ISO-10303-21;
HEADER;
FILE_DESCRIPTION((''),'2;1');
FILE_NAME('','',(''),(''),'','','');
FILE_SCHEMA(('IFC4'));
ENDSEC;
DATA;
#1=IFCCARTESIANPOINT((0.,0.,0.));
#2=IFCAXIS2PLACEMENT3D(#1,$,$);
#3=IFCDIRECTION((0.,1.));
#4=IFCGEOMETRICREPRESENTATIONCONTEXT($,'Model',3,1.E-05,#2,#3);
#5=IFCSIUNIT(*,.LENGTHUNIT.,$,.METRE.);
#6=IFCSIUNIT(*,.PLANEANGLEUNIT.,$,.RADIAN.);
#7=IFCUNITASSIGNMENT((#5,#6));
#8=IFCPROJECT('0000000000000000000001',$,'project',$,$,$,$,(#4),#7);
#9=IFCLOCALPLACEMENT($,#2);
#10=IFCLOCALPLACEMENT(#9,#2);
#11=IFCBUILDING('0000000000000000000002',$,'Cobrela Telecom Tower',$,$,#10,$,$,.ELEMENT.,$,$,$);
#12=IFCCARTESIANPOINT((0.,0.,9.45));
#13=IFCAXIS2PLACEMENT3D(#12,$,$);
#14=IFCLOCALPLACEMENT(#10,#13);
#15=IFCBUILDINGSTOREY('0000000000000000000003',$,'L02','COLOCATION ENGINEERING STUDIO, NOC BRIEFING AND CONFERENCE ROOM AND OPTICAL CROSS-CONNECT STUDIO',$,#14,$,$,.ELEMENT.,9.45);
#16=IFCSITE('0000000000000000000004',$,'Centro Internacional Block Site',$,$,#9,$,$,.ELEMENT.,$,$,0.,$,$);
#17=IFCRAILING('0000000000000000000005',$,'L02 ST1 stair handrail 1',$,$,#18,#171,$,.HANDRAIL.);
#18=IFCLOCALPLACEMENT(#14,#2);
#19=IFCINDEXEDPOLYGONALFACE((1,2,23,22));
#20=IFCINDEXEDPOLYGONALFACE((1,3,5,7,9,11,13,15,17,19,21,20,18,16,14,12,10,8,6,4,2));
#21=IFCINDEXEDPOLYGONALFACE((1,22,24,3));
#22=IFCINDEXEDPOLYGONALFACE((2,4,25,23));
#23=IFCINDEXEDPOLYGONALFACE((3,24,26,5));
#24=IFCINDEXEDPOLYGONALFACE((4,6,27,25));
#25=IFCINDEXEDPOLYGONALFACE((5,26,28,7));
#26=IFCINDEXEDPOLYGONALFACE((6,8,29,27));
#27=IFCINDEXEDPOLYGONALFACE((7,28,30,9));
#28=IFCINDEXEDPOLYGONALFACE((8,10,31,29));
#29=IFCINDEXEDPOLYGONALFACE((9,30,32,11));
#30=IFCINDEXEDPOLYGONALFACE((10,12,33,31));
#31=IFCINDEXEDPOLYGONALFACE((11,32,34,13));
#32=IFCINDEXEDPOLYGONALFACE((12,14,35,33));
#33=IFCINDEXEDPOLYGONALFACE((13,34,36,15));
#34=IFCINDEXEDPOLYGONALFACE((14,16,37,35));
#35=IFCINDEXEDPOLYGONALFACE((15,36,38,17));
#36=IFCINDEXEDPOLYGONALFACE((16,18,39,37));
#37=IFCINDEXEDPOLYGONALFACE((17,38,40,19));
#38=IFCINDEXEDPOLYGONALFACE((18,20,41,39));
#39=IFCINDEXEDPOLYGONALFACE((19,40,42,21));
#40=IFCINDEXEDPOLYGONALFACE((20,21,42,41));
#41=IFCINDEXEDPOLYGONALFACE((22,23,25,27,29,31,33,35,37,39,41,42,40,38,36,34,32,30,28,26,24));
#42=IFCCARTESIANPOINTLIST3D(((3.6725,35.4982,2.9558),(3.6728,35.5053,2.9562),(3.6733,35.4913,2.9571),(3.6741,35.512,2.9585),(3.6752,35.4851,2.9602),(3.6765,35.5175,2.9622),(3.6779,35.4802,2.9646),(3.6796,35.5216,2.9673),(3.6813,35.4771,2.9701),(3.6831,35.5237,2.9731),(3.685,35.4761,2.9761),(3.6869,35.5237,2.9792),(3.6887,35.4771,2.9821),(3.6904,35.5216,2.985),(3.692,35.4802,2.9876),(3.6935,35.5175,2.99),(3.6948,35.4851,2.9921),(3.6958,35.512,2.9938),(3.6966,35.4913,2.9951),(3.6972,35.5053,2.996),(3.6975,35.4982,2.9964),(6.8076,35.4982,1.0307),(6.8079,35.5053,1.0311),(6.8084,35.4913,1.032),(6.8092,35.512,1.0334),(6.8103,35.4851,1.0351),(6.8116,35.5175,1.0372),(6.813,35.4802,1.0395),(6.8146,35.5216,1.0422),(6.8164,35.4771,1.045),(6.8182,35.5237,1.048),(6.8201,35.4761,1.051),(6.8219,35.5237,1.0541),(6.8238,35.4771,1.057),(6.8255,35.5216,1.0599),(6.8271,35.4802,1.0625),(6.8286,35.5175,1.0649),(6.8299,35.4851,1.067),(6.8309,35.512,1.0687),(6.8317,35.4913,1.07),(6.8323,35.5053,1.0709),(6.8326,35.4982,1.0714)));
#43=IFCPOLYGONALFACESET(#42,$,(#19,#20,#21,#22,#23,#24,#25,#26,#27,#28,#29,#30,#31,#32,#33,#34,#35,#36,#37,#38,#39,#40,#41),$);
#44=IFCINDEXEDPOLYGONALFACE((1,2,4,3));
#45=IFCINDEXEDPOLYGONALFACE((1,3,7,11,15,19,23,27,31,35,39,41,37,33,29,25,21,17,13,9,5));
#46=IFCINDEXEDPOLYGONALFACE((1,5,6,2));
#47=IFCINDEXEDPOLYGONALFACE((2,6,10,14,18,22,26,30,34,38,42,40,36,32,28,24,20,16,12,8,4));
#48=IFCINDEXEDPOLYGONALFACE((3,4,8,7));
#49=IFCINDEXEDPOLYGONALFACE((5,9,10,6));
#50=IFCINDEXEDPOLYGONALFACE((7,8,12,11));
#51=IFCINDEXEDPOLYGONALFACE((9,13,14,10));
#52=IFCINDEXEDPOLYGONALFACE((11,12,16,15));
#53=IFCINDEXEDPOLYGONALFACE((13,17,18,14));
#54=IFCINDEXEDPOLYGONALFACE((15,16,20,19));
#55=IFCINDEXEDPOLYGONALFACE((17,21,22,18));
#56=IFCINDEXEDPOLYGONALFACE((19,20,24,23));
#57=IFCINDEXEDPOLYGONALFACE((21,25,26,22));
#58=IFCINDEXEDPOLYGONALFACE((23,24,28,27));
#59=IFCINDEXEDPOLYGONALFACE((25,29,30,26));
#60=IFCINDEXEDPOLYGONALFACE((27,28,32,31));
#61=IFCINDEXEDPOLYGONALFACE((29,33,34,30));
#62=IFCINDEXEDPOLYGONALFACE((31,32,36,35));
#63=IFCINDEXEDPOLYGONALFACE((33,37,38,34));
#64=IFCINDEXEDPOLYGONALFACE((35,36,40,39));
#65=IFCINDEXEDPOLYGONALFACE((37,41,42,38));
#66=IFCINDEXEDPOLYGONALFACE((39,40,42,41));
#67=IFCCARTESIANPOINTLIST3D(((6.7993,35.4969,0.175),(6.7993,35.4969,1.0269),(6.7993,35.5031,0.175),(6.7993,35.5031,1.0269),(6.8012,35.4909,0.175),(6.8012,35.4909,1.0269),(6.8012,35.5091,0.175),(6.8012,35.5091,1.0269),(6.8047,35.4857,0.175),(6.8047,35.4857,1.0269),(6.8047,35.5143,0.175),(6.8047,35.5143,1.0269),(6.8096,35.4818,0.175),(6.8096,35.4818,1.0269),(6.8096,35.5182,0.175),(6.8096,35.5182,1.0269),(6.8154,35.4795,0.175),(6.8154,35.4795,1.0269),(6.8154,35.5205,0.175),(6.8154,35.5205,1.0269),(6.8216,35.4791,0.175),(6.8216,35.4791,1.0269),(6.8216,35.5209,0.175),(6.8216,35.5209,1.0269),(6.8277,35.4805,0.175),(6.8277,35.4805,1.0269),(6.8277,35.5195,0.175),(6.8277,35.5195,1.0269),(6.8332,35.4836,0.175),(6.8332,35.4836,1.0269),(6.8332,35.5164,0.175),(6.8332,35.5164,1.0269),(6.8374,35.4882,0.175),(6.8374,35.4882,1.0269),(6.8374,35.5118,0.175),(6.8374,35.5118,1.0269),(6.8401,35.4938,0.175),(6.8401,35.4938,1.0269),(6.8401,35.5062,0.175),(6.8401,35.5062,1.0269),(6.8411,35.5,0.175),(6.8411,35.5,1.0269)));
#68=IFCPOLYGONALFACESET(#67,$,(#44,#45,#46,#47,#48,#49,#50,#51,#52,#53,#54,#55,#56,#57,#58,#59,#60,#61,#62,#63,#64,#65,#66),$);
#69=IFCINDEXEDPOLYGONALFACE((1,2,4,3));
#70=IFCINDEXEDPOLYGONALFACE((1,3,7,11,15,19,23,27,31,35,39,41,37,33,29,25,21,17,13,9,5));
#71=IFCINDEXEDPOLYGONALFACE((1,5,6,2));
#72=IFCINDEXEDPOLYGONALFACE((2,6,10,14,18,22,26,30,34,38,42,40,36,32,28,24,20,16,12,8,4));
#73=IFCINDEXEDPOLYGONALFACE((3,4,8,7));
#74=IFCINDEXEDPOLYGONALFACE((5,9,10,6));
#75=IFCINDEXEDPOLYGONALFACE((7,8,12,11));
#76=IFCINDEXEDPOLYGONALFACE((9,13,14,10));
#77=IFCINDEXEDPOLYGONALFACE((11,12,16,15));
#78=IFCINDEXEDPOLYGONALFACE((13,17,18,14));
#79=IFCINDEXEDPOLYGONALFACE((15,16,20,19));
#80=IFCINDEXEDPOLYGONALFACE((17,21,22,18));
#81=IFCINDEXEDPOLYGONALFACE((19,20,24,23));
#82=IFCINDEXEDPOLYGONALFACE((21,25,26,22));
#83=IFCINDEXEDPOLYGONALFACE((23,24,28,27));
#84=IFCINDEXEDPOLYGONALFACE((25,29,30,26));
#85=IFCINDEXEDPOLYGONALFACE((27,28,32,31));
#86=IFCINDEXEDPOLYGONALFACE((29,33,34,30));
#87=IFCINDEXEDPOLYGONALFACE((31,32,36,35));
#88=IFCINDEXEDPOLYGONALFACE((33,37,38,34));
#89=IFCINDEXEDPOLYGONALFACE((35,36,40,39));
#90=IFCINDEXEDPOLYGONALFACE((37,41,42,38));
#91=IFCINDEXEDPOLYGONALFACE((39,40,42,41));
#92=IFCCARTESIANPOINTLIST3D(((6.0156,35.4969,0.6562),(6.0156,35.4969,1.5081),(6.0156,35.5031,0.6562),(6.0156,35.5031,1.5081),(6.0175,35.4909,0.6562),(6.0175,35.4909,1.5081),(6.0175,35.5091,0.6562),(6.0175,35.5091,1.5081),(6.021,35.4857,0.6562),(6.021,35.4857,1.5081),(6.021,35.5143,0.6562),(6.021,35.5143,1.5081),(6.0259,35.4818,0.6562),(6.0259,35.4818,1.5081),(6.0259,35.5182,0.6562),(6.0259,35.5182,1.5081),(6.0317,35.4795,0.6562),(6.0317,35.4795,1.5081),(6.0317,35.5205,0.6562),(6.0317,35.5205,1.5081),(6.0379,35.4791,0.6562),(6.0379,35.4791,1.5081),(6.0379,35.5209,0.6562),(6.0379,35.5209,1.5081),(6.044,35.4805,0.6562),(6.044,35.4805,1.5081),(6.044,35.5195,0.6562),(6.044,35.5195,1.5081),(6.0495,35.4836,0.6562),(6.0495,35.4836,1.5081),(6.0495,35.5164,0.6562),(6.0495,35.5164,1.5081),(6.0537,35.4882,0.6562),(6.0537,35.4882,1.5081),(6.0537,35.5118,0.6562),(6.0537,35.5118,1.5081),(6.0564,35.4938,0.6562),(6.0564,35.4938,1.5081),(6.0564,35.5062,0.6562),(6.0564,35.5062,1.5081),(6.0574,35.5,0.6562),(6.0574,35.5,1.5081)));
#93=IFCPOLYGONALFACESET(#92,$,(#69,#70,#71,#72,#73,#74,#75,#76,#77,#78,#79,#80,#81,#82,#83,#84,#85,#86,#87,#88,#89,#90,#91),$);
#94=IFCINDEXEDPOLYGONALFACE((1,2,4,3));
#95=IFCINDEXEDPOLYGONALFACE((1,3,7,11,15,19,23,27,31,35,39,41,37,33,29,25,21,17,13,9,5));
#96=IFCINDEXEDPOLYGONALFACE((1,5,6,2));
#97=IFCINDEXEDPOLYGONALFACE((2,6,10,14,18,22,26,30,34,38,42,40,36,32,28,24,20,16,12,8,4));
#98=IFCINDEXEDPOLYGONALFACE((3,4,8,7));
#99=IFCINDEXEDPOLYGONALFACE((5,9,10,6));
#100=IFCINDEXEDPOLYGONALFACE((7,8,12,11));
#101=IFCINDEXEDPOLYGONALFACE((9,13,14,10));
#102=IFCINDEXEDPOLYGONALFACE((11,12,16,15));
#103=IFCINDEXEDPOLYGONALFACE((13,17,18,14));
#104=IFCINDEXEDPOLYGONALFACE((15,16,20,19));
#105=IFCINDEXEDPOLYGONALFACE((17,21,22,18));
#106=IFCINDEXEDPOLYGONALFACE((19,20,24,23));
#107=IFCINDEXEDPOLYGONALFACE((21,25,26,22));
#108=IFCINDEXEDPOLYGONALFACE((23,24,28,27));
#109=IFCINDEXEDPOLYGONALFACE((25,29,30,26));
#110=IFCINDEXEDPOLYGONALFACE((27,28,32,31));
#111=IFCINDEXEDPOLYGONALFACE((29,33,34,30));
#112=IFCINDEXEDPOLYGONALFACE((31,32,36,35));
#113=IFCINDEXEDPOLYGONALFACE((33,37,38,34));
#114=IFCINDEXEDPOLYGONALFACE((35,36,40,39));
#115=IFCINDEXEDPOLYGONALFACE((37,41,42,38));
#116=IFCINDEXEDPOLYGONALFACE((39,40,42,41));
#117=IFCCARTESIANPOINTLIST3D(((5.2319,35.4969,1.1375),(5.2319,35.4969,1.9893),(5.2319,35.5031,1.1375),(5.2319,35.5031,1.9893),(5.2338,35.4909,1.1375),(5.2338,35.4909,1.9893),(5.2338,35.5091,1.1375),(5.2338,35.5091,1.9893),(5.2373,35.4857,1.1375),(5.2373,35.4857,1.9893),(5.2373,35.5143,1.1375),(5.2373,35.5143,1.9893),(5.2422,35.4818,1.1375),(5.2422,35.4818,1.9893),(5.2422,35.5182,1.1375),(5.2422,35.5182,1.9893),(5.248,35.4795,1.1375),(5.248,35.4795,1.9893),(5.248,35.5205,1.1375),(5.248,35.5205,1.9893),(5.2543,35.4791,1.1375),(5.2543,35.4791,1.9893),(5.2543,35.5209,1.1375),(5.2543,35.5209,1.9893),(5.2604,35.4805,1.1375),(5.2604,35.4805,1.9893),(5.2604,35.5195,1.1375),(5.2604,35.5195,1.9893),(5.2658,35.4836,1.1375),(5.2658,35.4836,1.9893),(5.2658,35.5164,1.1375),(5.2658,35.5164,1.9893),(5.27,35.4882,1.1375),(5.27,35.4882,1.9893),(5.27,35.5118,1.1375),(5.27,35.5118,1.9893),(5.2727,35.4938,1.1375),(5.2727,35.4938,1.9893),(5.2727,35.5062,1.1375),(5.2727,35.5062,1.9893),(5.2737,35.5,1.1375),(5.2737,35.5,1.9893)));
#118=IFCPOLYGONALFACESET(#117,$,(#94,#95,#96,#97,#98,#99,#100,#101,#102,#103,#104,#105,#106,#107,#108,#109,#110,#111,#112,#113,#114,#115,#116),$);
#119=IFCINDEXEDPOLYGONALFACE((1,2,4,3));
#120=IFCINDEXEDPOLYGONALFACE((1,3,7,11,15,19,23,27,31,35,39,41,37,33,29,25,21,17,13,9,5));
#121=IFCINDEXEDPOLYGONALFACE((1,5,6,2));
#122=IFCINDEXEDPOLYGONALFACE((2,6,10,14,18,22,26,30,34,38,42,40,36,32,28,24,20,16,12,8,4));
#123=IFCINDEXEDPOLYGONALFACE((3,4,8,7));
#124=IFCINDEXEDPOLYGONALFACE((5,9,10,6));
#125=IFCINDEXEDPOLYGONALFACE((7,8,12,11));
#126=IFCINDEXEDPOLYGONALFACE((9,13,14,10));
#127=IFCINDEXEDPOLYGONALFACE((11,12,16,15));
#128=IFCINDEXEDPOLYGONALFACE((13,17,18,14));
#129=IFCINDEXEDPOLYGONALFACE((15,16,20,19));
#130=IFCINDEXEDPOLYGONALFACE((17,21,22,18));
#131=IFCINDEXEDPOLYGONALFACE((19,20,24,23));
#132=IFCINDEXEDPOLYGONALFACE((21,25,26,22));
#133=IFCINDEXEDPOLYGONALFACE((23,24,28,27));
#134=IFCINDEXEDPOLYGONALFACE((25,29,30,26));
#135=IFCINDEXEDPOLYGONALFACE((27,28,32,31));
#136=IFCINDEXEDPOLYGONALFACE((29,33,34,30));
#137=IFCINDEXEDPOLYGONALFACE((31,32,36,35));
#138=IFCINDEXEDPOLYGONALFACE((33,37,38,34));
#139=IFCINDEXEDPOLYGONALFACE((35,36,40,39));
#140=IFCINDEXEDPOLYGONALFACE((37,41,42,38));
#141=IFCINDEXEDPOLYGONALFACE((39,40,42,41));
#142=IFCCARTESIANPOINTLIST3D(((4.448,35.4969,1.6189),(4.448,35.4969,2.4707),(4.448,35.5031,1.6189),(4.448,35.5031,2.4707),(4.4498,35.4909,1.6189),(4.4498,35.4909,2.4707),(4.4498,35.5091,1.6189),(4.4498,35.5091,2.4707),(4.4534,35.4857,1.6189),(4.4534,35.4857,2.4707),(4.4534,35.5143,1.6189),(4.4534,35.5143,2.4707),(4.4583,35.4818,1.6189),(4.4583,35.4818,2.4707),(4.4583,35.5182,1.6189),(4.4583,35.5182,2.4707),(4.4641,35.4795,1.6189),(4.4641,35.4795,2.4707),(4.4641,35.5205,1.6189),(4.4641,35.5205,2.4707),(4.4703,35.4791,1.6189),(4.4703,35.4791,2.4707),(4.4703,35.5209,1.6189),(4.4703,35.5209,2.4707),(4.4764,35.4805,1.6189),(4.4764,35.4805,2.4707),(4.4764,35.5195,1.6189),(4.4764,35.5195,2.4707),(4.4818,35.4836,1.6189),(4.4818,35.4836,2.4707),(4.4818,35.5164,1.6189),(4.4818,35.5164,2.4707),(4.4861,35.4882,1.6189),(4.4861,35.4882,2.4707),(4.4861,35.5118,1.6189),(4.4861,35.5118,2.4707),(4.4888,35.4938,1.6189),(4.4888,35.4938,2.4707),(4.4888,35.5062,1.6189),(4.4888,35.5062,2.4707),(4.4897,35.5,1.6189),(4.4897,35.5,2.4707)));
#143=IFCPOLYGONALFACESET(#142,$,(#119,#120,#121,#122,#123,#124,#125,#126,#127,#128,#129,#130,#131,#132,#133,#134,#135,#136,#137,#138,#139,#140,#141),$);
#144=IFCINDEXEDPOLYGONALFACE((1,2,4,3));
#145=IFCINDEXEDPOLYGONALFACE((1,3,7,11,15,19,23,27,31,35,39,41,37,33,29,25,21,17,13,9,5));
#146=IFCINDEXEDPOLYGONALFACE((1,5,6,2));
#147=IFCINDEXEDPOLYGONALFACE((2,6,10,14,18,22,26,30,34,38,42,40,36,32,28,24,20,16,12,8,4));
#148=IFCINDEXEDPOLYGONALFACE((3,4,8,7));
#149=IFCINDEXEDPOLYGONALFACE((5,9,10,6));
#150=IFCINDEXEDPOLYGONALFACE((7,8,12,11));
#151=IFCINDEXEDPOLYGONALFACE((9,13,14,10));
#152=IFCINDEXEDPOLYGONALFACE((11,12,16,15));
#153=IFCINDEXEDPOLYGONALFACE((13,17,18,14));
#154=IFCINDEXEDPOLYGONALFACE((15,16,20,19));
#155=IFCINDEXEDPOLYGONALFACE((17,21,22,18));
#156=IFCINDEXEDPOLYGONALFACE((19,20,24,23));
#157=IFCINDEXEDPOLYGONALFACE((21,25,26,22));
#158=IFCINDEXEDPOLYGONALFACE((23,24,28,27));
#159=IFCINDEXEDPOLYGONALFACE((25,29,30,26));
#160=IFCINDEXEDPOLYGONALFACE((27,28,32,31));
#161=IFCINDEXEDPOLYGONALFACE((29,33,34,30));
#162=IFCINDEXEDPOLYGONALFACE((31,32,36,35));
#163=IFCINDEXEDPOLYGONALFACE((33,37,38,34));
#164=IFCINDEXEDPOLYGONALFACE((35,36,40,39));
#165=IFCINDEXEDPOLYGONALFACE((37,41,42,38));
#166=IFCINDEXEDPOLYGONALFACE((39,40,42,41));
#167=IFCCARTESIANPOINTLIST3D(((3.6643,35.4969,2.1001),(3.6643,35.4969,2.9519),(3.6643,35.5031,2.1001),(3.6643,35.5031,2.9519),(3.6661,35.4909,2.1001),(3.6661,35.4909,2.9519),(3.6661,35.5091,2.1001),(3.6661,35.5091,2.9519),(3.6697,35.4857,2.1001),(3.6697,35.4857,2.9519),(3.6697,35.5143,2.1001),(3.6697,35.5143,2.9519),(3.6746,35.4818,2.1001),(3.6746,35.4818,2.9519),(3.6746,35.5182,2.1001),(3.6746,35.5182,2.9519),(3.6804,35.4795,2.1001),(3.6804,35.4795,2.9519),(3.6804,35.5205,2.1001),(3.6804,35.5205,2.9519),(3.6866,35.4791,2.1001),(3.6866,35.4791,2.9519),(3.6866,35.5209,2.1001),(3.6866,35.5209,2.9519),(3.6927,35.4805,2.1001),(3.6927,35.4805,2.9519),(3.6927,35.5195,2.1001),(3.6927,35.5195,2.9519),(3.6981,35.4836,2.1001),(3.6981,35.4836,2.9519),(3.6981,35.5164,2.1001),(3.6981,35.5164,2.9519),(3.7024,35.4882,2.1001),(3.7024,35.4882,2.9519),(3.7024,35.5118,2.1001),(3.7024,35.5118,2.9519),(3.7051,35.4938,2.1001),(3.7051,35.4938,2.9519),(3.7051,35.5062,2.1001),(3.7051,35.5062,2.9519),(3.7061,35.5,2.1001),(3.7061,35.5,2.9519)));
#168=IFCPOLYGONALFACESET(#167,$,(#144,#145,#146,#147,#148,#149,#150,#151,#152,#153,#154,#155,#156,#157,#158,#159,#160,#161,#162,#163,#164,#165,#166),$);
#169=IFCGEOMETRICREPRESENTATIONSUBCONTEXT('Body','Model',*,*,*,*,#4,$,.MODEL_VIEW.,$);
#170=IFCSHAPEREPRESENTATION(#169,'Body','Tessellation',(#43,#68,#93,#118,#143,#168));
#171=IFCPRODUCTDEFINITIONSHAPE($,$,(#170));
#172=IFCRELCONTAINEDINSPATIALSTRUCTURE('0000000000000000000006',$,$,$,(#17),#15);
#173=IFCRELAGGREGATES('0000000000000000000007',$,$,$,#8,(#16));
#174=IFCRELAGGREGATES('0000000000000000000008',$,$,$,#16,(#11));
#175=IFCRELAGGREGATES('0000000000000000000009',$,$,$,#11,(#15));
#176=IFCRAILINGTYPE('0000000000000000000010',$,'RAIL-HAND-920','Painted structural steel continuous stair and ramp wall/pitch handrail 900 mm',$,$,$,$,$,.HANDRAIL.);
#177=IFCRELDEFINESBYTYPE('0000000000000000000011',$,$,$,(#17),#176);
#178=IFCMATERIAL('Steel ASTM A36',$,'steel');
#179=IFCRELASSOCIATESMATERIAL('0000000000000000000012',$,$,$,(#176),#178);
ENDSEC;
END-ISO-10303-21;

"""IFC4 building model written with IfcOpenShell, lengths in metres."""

from ifc_helpers import new_model, si_unit, direction, frame, origin, origin_2d, place, context, subcontext, project, spatial, circle, extrude, material, type_object, element, save


model = new_model("IFC4")

# Units and contexts
model_context = context("Model", 3, precision=1e-05, world=origin(), true_north=direction((0.0, 1.0)))
body_context = subcontext(model_context, "Body", "Model", "MODEL_VIEW")
ifc_project = project(units=[si_unit("LENGTHUNIT", "METRE"), si_unit("PLANEANGLEUNIT", "RADIAN")], contexts=[model_context])

# Site, building, storey
site_placement = place(None, origin())
site = spatial("IfcSite", under=ifc_project, at=site_placement, Name="Centro Internacional Block Site", CompositionType="ELEMENT", RefElevation=0.0)
building_placement = place(site_placement, origin())
building = spatial("IfcBuilding", under=site, at=building_placement, Name="Cobrela Telecom Tower", CompositionType="ELEMENT")
storey_placement = place(building_placement, frame((0.0, 0.0, 9.45)))
storey = spatial("IfcBuildingStorey", under=building, at=storey_placement, Name="L02", Description="COLOCATION ENGINEERING STUDIO, NOC BRIEFING AND CONFERENCE ROOM AND OPTICAL CROSS-CONNECT STUDIO", CompositionType="ELEMENT", Elevation=9.45)

# Shared definitions
ifc_material_1 = material(Name="Steel ASTM A36", Category="steel")

# Railing
railing_type_1 = type_object("IfcRailingType", Name="RAIL-HAND-920", Description="Painted structural steel continuous stair and ramp wall/pitch handrail 900 mm", PredefinedType="HANDRAIL", material=ifc_material_1)
railing_1_placement = place(storey_placement, frame((6.8201, 35.5, 0.175)))
element("IfcRailing", 1, at=railing_1_placement, inside=storey, type_object=railing_type_1, Name="L02 ST1 stair handrail 1", PredefinedType="HANDRAIL", context=body_context, shape_type="SweptSolid", body=[
    extrude(circle(Radius=0.0239, at=origin_2d()), frame((0.0, 0.0, 0.876), z_axis=(-0.852166, 0.0, 0.523271), x_axis=(0.0, -1.0, 0.0)), (0.0, 0.0, 1.0), 3.679),
    extrude(circle(Radius=0.021, at=origin_2d()), origin(), (0.0, 0.0, 1.0), 0.8518),
    extrude(circle(Radius=0.021, at=origin_2d()), frame((-0.7837, 0.0, 0.4812)), (0.0, 0.0, 1.0), 0.8518),
    extrude(circle(Radius=0.021, at=origin_2d()), frame((-1.5674, 0.0, 0.9624)), (0.0, 0.0, 1.0), 0.8518),
    extrude(circle(Radius=0.021, at=origin_2d()), frame((-2.3513, 0.0, 1.4438)), (0.0, 0.0, 1.0), 0.8518),
    extrude(circle(Radius=0.021, at=origin_2d()), frame((-3.135, 0.0, 1.925)), (0.0, 0.0, 1.0), 0.8518),
])

save(model, "model.ifc")
